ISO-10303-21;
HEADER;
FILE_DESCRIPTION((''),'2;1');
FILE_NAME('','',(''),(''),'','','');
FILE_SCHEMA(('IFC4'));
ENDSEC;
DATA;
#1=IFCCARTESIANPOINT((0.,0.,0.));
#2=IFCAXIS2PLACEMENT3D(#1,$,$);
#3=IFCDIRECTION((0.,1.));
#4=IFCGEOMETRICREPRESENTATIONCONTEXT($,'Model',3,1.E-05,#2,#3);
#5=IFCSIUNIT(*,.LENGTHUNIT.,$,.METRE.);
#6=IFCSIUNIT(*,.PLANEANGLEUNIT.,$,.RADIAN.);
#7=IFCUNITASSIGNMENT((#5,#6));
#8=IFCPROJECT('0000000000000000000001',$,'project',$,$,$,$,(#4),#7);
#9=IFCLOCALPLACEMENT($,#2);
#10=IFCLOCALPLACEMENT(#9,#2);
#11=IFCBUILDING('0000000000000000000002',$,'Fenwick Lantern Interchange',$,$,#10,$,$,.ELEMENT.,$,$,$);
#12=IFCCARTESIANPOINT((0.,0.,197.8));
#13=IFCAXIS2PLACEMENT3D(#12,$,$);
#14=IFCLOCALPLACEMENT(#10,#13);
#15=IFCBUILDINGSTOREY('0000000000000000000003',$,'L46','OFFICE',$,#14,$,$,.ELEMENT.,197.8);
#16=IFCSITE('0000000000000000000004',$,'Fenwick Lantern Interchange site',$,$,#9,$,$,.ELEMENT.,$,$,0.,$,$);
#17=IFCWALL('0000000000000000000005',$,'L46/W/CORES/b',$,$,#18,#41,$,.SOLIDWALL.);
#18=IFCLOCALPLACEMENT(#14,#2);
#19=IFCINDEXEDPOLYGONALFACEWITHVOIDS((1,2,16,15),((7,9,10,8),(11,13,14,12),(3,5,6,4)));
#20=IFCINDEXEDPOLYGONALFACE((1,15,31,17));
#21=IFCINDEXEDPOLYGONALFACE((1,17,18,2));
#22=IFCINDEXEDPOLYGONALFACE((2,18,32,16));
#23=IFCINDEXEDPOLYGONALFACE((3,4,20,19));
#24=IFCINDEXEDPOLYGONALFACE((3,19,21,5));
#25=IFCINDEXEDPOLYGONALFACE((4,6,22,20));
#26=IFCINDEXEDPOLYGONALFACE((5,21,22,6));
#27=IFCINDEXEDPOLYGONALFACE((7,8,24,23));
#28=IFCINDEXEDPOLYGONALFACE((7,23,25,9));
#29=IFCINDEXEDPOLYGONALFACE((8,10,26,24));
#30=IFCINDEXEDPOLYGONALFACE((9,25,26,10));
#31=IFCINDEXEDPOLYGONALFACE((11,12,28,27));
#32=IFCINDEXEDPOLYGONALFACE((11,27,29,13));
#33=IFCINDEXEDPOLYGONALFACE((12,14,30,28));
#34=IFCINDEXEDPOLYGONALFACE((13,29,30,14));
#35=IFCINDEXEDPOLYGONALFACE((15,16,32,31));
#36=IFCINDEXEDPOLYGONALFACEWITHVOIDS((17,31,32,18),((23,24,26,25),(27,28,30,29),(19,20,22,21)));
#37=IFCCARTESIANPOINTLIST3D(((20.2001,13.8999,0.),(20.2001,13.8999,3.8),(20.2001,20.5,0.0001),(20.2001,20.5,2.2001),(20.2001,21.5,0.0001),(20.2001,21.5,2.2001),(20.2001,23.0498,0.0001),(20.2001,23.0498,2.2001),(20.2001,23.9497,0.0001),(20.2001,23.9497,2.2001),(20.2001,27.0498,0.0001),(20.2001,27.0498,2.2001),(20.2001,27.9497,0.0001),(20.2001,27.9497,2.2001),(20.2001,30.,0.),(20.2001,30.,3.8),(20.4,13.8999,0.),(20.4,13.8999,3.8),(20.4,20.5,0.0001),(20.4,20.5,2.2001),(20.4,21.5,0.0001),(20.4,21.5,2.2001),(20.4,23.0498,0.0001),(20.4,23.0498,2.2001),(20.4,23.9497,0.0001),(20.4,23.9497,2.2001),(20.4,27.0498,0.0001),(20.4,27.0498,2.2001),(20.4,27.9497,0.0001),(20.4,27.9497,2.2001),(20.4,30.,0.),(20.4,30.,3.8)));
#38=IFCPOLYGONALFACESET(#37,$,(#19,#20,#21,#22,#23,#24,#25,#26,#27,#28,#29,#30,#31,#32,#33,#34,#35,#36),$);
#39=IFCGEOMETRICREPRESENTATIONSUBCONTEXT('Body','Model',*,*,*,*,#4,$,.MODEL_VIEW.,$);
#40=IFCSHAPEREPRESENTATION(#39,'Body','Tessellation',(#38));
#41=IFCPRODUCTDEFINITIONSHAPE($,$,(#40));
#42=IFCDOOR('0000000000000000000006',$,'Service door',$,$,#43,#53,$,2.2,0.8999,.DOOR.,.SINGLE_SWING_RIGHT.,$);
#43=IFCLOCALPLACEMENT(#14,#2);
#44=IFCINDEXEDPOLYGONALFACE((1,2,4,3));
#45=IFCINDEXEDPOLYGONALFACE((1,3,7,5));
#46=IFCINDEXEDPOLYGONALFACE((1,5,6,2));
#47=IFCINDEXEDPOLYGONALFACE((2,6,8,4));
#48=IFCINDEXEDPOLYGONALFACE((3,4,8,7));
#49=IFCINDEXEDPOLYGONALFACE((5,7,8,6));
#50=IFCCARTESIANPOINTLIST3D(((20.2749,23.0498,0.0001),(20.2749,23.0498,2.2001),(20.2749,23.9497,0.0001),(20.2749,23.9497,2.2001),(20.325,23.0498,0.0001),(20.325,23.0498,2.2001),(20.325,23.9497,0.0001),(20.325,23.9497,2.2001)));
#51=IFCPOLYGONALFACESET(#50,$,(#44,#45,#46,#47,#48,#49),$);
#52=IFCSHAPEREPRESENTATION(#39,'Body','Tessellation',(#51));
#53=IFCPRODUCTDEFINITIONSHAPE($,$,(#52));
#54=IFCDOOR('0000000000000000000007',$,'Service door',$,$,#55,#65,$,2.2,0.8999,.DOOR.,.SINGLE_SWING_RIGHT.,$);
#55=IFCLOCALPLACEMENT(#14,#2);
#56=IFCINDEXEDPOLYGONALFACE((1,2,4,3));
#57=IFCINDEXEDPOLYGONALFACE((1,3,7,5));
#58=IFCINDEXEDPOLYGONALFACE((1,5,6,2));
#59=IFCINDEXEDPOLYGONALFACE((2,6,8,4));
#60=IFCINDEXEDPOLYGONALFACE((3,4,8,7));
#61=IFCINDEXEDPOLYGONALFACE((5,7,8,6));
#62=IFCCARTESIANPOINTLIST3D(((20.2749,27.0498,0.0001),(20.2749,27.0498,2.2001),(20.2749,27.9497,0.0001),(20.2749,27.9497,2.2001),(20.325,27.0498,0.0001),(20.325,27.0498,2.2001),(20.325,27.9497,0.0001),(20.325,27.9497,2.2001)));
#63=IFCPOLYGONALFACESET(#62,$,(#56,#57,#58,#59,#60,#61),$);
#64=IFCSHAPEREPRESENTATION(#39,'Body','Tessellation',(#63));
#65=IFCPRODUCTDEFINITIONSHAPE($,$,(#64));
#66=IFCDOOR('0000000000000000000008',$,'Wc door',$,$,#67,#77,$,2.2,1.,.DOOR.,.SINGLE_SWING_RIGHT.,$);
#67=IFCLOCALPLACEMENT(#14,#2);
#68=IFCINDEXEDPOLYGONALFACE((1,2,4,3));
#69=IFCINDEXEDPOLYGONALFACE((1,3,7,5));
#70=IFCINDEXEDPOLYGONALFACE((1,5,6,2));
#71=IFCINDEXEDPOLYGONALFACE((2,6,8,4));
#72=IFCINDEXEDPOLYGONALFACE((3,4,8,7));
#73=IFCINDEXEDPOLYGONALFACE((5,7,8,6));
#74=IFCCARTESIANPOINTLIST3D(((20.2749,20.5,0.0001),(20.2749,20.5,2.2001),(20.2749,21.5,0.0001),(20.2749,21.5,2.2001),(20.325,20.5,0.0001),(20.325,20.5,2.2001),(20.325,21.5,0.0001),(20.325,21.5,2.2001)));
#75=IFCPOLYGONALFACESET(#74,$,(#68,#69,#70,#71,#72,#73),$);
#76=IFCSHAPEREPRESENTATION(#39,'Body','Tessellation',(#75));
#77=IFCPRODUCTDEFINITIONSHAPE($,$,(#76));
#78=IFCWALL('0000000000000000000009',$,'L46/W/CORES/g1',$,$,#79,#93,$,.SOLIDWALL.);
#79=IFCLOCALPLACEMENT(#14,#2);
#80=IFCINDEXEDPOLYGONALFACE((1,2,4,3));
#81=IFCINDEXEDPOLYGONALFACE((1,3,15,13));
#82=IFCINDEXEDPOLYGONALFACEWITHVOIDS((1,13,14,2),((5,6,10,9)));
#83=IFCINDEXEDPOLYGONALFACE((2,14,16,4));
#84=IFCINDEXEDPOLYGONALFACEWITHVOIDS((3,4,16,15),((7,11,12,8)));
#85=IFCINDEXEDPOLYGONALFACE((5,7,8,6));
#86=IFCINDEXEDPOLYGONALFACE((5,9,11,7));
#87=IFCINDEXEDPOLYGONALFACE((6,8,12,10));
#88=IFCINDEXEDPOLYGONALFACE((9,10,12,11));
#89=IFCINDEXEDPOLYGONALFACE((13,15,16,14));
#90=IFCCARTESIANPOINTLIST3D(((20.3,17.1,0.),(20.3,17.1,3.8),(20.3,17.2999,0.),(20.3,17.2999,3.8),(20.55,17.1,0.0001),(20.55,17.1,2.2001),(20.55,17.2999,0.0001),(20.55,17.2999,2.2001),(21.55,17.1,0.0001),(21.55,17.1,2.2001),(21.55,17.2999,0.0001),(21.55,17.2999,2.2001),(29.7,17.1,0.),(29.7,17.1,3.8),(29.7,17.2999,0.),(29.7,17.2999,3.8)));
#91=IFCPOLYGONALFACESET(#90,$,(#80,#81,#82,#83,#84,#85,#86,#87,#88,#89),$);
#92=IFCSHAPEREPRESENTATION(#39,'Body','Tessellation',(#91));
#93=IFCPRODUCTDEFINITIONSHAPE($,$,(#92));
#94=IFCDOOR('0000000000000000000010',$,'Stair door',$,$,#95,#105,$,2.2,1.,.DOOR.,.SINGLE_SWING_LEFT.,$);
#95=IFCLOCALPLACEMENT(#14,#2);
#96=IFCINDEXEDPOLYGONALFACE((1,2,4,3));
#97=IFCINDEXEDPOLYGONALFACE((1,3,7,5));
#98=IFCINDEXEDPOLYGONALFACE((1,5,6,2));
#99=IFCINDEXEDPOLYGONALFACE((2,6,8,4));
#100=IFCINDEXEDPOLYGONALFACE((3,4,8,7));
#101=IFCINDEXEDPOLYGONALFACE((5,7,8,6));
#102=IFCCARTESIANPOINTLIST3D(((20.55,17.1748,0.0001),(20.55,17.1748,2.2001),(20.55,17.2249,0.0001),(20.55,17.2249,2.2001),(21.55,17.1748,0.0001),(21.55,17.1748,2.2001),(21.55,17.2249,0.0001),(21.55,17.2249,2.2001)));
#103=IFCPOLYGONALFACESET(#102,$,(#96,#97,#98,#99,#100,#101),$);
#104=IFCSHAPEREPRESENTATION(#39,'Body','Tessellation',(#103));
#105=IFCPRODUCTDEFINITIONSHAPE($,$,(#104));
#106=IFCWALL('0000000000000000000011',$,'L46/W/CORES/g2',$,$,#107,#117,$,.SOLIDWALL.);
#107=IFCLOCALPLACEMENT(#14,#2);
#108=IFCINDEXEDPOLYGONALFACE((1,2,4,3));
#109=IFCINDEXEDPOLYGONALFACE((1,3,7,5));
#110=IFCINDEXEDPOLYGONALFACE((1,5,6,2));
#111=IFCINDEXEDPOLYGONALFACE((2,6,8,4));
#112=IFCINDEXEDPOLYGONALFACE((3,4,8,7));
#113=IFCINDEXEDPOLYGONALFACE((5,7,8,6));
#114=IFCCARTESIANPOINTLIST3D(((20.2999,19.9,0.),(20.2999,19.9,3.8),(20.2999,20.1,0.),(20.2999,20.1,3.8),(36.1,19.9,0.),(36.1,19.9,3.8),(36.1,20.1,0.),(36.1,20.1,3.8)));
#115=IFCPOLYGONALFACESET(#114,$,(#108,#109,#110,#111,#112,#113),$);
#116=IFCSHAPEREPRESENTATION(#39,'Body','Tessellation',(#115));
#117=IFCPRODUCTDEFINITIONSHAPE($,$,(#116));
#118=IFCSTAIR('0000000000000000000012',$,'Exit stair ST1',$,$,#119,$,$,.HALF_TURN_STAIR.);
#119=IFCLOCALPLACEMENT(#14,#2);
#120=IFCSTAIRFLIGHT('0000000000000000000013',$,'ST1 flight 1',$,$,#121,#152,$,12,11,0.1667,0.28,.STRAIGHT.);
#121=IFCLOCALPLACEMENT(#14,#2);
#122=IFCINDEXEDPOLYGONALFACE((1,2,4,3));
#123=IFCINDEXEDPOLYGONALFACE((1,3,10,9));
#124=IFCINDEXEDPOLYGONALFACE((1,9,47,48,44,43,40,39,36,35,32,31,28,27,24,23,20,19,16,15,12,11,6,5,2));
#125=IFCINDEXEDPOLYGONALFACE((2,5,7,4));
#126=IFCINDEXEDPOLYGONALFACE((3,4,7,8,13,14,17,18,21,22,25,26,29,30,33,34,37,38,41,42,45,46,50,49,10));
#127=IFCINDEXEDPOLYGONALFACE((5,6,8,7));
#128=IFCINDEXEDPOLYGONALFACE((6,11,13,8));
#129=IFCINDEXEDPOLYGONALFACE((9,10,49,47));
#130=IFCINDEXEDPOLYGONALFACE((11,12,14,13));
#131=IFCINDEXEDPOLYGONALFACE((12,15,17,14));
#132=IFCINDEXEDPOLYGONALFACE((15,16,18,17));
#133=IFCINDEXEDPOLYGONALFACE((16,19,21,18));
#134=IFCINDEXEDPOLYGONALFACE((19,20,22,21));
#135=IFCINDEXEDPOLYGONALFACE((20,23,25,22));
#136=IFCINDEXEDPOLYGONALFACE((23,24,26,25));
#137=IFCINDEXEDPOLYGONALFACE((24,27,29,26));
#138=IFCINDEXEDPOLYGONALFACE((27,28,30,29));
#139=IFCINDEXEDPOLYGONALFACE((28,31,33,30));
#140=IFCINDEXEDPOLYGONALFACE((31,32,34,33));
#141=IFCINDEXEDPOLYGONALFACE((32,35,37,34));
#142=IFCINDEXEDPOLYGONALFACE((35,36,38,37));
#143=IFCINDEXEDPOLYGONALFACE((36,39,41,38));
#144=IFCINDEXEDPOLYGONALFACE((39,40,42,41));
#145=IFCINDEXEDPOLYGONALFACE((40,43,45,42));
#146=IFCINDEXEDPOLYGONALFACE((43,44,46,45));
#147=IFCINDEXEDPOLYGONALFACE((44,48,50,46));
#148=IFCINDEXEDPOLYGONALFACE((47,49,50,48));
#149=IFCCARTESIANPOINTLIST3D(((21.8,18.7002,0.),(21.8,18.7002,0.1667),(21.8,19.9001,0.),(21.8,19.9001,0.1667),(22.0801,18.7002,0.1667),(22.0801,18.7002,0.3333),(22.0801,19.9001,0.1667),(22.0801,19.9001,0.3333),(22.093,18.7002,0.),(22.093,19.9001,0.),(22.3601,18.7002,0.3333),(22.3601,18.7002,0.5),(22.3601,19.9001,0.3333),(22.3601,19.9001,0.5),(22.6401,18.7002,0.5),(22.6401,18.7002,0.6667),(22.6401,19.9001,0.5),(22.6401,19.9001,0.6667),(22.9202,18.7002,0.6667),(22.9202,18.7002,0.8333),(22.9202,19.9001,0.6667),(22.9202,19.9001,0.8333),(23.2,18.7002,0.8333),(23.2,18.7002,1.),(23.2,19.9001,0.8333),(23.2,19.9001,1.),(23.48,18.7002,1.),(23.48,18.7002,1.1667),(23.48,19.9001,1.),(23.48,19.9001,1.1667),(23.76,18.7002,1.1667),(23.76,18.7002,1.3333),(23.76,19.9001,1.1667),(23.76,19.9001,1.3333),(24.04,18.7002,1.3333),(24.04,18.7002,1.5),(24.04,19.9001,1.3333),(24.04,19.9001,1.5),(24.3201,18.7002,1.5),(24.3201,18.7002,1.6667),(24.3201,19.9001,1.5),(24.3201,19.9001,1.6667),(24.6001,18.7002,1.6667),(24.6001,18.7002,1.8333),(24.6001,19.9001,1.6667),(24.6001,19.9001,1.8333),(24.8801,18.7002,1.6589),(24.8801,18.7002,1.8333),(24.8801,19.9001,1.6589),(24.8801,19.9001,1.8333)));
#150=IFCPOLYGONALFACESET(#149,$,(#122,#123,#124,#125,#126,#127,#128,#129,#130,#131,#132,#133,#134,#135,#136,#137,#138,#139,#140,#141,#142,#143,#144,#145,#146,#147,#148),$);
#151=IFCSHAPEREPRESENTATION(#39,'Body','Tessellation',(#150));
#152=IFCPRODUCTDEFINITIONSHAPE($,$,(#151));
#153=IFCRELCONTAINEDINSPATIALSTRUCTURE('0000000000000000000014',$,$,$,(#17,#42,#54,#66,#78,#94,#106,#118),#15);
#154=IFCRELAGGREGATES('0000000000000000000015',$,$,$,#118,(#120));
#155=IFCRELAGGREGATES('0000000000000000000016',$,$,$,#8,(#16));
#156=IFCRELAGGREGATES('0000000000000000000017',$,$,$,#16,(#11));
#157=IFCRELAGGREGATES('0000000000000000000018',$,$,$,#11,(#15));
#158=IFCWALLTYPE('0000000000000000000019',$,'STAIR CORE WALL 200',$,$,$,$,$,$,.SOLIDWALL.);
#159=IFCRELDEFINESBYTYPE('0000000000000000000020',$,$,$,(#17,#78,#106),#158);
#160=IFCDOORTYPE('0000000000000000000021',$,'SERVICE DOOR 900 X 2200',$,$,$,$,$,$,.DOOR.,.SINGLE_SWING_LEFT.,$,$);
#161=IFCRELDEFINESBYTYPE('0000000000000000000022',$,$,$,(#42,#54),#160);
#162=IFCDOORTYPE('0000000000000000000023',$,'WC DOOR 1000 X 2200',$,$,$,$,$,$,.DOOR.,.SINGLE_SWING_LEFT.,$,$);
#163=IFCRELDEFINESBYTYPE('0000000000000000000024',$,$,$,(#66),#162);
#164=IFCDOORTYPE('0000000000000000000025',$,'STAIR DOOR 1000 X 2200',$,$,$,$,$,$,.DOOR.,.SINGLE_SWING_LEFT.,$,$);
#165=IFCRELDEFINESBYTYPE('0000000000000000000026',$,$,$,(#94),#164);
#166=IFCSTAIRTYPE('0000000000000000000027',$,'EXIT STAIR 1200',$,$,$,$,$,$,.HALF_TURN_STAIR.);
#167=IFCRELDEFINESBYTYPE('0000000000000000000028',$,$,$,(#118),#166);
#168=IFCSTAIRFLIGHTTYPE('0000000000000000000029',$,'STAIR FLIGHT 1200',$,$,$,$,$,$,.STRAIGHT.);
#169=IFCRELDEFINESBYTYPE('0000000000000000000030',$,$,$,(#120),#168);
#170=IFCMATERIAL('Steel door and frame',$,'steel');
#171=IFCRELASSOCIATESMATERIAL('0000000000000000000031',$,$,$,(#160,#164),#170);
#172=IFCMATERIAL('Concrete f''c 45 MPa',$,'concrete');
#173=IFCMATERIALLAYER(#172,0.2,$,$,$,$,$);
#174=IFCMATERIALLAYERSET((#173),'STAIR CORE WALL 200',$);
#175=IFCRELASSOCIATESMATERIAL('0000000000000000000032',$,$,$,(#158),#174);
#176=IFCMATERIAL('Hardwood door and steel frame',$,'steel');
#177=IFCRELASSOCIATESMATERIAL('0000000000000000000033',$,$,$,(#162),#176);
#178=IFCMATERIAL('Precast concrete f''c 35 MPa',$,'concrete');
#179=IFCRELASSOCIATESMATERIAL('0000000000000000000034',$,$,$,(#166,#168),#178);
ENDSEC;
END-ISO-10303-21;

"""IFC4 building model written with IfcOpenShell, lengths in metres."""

from ifc_helpers import new_model, si_unit, direction, frame, frame_2d, origin, place, context, subcontext, project, spatial, polyline, rectangle, outline, extrude, material, layer, layer_set, type_object, element, fill, aggregate, save


model = new_model("IFC4")

# Units and contexts
model_context = context("Model", 3, precision=1e-05, world=origin(), true_north=direction((0.0, 1.0)))
body_context = subcontext(model_context, "Body", "Model", "MODEL_VIEW")
ifc_project = project(units=[si_unit("LENGTHUNIT", "METRE"), si_unit("PLANEANGLEUNIT", "RADIAN")], contexts=[model_context])

# Site, building, storey
site_placement = place(None, origin())
site = spatial("IfcSite", under=ifc_project, at=site_placement, Name="Fenwick Lantern Interchange site", CompositionType="ELEMENT", RefElevation=0.0)
building_placement = place(site_placement, origin())
building = spatial("IfcBuilding", under=site, at=building_placement, Name="Fenwick Lantern Interchange", CompositionType="ELEMENT")
storey_placement = place(building_placement, frame((0.0, 0.0, 197.8)))
storey = spatial("IfcBuildingStorey", under=building, at=storey_placement, Name="L46", Description="OFFICE", CompositionType="ELEMENT", Elevation=197.8)

# Shared definitions
ifc_material_1 = material(Name="Steel door and frame", Category="steel")
door_type_1 = type_object("IfcDoorType", Name="SERVICE DOOR 900 X 2200", OperationType="SINGLE_SWING_LEFT", PredefinedType="DOOR", material=ifc_material_1)

# Wall, openings, doors
ifc_material_2 = material(Name="Concrete f'c 45 MPa", Category="concrete")
ifc_layer_1 = layer(ifc_material_2, 0.2)
ifc_layer_set_1 = layer_set([ifc_layer_1], Name="STAIR CORE WALL 200")
wall_type_1 = type_object("IfcWallType", Name="STAIR CORE WALL 200", PredefinedType="SOLIDWALL", material=ifc_layer_set_1)
wall_1_placement = place(storey_placement, frame((20.3, 13.8999, 0.0), z_axis=(0.0, 0.0, 1.0), x_axis=(0.0, 1.0, 0.0)))
wall_1 = element("IfcWall", 1, at=wall_1_placement, inside=storey, type_object=wall_type_1, Name="L46/W/CORES/b", PredefinedType="SOLIDWALL", context=body_context, shape_type="SweptSolid", body=[
    extrude(rectangle(XDim=16.1001, YDim=0.2, at=frame_2d((8.05, 0.0))), origin(), (0.0, 0.0, 1.0), 3.8),
])
opening_1_placement = place(wall_1_placement, frame((6.6001, 0.0, 0.0)))
opening_1 = element("IfcOpeningElement", 2, at=opening_1_placement, cuts=wall_1, PredefinedType="OPENING", context=body_context, shape_type="SweptSolid", body=[
    extrude(rectangle(XDim=1.0, YDim=2.2, at=frame_2d((0.5, 1.1001))), frame((0.0, 0.1099, 0.0), z_axis=(0.0, -1.0, 0.0), x_axis=(1.0, 0.0, 0.0)), (0.0, 0.0, 1.0), 0.22),
])
opening_2_placement = place(wall_1_placement, frame((9.1499, 0.0, 0.0)))
opening_2 = element("IfcOpeningElement", 3, at=opening_2_placement, cuts=wall_1, PredefinedType="OPENING", context=body_context, shape_type="SweptSolid", body=[
    extrude(rectangle(XDim=0.8999, YDim=2.2, at=frame_2d((0.45, 1.1001))), frame((0.0, 0.1099, 0.0), z_axis=(0.0, -1.0, 0.0), x_axis=(1.0, 0.0, 0.0)), (0.0, 0.0, 1.0), 0.22),
])
opening_3_placement = place(wall_1_placement, frame((13.1499, 0.0, 0.0)))
opening_3 = element("IfcOpeningElement", 4, at=opening_3_placement, cuts=wall_1, PredefinedType="OPENING", context=body_context, shape_type="SweptSolid", body=[
    extrude(rectangle(XDim=0.8999, YDim=2.2, at=frame_2d((0.45, 1.1001))), frame((0.0, 0.1099, 0.0), z_axis=(0.0, -1.0, 0.0), x_axis=(1.0, 0.0, 0.0)), (0.0, 0.0, 1.0), 0.22),
])
door_1_placement = place(opening_2_placement, frame((0.8999, 0.0, 0.0), z_axis=(0.0, 0.0, 1.0), x_axis=(-1.0, 0.0, 0.0)))
door_1 = element("IfcDoor", 5, at=door_1_placement, inside=storey, type_object=door_type_1, Name="Service door", OperationType="SINGLE_SWING_RIGHT", OverallHeight=2.2, OverallWidth=0.8999, PredefinedType="DOOR", context=body_context, shape_type="SweptSolid", body=[
    extrude(rectangle(XDim=0.8999, YDim=2.2, at=frame_2d((0.45, 1.1001))), frame((0.0, 0.0249, 0.0), z_axis=(0.0, -1.0, 0.0), x_axis=(1.0, 0.0, 0.0)), (0.0, 0.0, 1.0), 0.05),
])
fill(opening_2, door_1)
door_2_placement = place(opening_3_placement, frame((0.8999, 0.0, 0.0), z_axis=(0.0, 0.0, 1.0), x_axis=(-1.0, 0.0, 0.0)))
door_2 = element("IfcDoor", 6, at=door_2_placement, inside=storey, type_object=door_type_1, Name="Service door", OperationType="SINGLE_SWING_RIGHT", OverallHeight=2.2, OverallWidth=0.8999, PredefinedType="DOOR", context=body_context, shape_type="SweptSolid", body=[
    extrude(rectangle(XDim=0.8999, YDim=2.2, at=frame_2d((0.45, 1.1001))), frame((0.0, 0.0249, 0.0), z_axis=(0.0, -1.0, 0.0), x_axis=(1.0, 0.0, 0.0)), (0.0, 0.0, 1.0), 0.05),
])
fill(opening_3, door_2)
ifc_material_3 = material(Name="Hardwood door and steel frame", Category="steel")
door_type_2 = type_object("IfcDoorType", Name="WC DOOR 1000 X 2200", OperationType="SINGLE_SWING_LEFT", PredefinedType="DOOR", material=ifc_material_3)
door_3_placement = place(opening_1_placement, frame((1.0, 0.0, 0.0), z_axis=(0.0, 0.0, 1.0), x_axis=(-1.0, 0.0, 0.0)))
door_3 = element("IfcDoor", 7, at=door_3_placement, inside=storey, type_object=door_type_2, Name="Wc door", OperationType="SINGLE_SWING_RIGHT", OverallHeight=2.2, OverallWidth=1.0, PredefinedType="DOOR", context=body_context, shape_type="SweptSolid", body=[
    extrude(rectangle(XDim=1.0, YDim=2.2, at=frame_2d((0.5, 1.1001))), frame((0.0, 0.0249, 0.0), z_axis=(0.0, -1.0, 0.0), x_axis=(1.0, 0.0, 0.0)), (0.0, 0.0, 1.0), 0.05),
])
fill(opening_1, door_3)

# Wall, opening, door
wall_2_placement = place(storey_placement, frame((20.3, 17.2, 0.0), z_axis=(0.0, 0.0, 1.0), x_axis=(1.0, 0.0, 0.0)))
wall_2 = element("IfcWall", 8, at=wall_2_placement, inside=storey, type_object=wall_type_1, Name="L46/W/CORES/g1", PredefinedType="SOLIDWALL", context=body_context, shape_type="SweptSolid", body=[
    extrude(rectangle(XDim=9.3999, YDim=0.2, at=frame_2d((4.7, 0.0))), origin(), (0.0, 0.0, 1.0), 3.8),
])
opening_4_placement = place(wall_2_placement, frame((0.25, 0.0, 0.0)))
opening_4 = element("IfcOpeningElement", 9, at=opening_4_placement, cuts=wall_2, PredefinedType="OPENING", context=body_context, shape_type="SweptSolid", body=[
    extrude(rectangle(XDim=1.0, YDim=2.2, at=frame_2d((0.5, 1.1001))), frame((0.0, 0.1099, 0.0), z_axis=(0.0, -1.0, 0.0), x_axis=(1.0, 0.0, 0.0)), (0.0, 0.0, 1.0), 0.22),
])
door_type_3 = type_object("IfcDoorType", Name="STAIR DOOR 1000 X 2200", OperationType="SINGLE_SWING_LEFT", PredefinedType="DOOR", material=ifc_material_1)
door_4_placement = place(opening_4_placement, origin())
door_4 = element("IfcDoor", 10, at=door_4_placement, inside=storey, type_object=door_type_3, Name="Stair door", OperationType="SINGLE_SWING_LEFT", OverallHeight=2.2, OverallWidth=1.0, PredefinedType="DOOR", context=body_context, shape_type="SweptSolid", body=[
    extrude(rectangle(XDim=1.0, YDim=2.2, at=frame_2d((0.5, 1.1001))), frame((0.0, 0.0249, 0.0), z_axis=(0.0, -1.0, 0.0), x_axis=(1.0, 0.0, 0.0)), (0.0, 0.0, 1.0), 0.05),
])
fill(opening_4, door_4)

# Wall
wall_3_placement = place(storey_placement, frame((20.3, 20.0, 0.0), z_axis=(0.0, 0.0, 1.0), x_axis=(1.0, 0.0, 0.0)))
element("IfcWall", 11, at=wall_3_placement, inside=storey, type_object=wall_type_1, Name="L46/W/CORES/g2", PredefinedType="SOLIDWALL", context=body_context, shape_type="SweptSolid", body=[
    extrude(rectangle(XDim=15.8, YDim=0.2, at=frame_2d((7.8999, 0.0))), origin(), (0.0, 0.0, 1.0), 3.8),
])

# Stair, stair flight
ifc_material_4 = material(Name="Precast concrete f'c 35 MPa", Category="concrete")
stair_type = type_object("IfcStairType", Name="EXIT STAIR 1200", PredefinedType="HALF_TURN_STAIR", material=ifc_material_4)
stair_placement = place(storey_placement, origin())
stair = element("IfcStair", 12, at=stair_placement, inside=storey, type_object=stair_type, Name="Exit stair ST1", PredefinedType="HALF_TURN_STAIR")
stair_flight_type = type_object("IfcStairFlightType", Name="STAIR FLIGHT 1200", PredefinedType="STRAIGHT", material=ifc_material_4)
stair_flight_1_placement = place(storey_placement, frame((21.8, 19.3, 0.0), z_axis=(0.0, 0.0, 1.0), x_axis=(1.0, 0.0, 0.0)))
stair_flight_1 = element("IfcStairFlight", 13, at=stair_flight_1_placement, type_object=stair_flight_type, Name="ST1 flight 1", NumberOfRisers=12, NumberOfTreads=11, PredefinedType="STRAIGHT", RiserHeight=0.1667, TreadLength=0.28, context=body_context, shape_type="SweptSolid", body=[
    extrude(outline(polyline([(0.0, 0.0), (0.0, 0.1667), (0.28, 0.1667), (0.28, 0.3333), (0.5601, 0.3333), (0.5601, 0.5), (0.8401, 0.5), (0.8401, 0.6667), (1.1201, 0.6667), (1.1201, 0.8333), (1.3999, 0.8333), (1.3999, 1.0), (1.6799, 1.0), (1.6799, 1.1667), (1.96, 1.1667), (1.96, 1.3333), (2.24, 1.3333), (2.24, 1.5), (2.52, 1.5), (2.52, 1.6667), (2.8, 1.6667), (2.8, 1.8333), (3.0801, 1.8333), (3.0801, 2.0), (3.0801, 1.6589), (0.293, 0.0), (0.0, 0.0)])), frame((0.0, 0.6001, 0.0), z_axis=(0.0, -1.0, 0.0), x_axis=(1.0, 0.0, 0.0)), (0.0, 0.0, 1.0), 1.2),
])
aggregate(stair, [stair_flight_1])

save(model, "model.ifc")
